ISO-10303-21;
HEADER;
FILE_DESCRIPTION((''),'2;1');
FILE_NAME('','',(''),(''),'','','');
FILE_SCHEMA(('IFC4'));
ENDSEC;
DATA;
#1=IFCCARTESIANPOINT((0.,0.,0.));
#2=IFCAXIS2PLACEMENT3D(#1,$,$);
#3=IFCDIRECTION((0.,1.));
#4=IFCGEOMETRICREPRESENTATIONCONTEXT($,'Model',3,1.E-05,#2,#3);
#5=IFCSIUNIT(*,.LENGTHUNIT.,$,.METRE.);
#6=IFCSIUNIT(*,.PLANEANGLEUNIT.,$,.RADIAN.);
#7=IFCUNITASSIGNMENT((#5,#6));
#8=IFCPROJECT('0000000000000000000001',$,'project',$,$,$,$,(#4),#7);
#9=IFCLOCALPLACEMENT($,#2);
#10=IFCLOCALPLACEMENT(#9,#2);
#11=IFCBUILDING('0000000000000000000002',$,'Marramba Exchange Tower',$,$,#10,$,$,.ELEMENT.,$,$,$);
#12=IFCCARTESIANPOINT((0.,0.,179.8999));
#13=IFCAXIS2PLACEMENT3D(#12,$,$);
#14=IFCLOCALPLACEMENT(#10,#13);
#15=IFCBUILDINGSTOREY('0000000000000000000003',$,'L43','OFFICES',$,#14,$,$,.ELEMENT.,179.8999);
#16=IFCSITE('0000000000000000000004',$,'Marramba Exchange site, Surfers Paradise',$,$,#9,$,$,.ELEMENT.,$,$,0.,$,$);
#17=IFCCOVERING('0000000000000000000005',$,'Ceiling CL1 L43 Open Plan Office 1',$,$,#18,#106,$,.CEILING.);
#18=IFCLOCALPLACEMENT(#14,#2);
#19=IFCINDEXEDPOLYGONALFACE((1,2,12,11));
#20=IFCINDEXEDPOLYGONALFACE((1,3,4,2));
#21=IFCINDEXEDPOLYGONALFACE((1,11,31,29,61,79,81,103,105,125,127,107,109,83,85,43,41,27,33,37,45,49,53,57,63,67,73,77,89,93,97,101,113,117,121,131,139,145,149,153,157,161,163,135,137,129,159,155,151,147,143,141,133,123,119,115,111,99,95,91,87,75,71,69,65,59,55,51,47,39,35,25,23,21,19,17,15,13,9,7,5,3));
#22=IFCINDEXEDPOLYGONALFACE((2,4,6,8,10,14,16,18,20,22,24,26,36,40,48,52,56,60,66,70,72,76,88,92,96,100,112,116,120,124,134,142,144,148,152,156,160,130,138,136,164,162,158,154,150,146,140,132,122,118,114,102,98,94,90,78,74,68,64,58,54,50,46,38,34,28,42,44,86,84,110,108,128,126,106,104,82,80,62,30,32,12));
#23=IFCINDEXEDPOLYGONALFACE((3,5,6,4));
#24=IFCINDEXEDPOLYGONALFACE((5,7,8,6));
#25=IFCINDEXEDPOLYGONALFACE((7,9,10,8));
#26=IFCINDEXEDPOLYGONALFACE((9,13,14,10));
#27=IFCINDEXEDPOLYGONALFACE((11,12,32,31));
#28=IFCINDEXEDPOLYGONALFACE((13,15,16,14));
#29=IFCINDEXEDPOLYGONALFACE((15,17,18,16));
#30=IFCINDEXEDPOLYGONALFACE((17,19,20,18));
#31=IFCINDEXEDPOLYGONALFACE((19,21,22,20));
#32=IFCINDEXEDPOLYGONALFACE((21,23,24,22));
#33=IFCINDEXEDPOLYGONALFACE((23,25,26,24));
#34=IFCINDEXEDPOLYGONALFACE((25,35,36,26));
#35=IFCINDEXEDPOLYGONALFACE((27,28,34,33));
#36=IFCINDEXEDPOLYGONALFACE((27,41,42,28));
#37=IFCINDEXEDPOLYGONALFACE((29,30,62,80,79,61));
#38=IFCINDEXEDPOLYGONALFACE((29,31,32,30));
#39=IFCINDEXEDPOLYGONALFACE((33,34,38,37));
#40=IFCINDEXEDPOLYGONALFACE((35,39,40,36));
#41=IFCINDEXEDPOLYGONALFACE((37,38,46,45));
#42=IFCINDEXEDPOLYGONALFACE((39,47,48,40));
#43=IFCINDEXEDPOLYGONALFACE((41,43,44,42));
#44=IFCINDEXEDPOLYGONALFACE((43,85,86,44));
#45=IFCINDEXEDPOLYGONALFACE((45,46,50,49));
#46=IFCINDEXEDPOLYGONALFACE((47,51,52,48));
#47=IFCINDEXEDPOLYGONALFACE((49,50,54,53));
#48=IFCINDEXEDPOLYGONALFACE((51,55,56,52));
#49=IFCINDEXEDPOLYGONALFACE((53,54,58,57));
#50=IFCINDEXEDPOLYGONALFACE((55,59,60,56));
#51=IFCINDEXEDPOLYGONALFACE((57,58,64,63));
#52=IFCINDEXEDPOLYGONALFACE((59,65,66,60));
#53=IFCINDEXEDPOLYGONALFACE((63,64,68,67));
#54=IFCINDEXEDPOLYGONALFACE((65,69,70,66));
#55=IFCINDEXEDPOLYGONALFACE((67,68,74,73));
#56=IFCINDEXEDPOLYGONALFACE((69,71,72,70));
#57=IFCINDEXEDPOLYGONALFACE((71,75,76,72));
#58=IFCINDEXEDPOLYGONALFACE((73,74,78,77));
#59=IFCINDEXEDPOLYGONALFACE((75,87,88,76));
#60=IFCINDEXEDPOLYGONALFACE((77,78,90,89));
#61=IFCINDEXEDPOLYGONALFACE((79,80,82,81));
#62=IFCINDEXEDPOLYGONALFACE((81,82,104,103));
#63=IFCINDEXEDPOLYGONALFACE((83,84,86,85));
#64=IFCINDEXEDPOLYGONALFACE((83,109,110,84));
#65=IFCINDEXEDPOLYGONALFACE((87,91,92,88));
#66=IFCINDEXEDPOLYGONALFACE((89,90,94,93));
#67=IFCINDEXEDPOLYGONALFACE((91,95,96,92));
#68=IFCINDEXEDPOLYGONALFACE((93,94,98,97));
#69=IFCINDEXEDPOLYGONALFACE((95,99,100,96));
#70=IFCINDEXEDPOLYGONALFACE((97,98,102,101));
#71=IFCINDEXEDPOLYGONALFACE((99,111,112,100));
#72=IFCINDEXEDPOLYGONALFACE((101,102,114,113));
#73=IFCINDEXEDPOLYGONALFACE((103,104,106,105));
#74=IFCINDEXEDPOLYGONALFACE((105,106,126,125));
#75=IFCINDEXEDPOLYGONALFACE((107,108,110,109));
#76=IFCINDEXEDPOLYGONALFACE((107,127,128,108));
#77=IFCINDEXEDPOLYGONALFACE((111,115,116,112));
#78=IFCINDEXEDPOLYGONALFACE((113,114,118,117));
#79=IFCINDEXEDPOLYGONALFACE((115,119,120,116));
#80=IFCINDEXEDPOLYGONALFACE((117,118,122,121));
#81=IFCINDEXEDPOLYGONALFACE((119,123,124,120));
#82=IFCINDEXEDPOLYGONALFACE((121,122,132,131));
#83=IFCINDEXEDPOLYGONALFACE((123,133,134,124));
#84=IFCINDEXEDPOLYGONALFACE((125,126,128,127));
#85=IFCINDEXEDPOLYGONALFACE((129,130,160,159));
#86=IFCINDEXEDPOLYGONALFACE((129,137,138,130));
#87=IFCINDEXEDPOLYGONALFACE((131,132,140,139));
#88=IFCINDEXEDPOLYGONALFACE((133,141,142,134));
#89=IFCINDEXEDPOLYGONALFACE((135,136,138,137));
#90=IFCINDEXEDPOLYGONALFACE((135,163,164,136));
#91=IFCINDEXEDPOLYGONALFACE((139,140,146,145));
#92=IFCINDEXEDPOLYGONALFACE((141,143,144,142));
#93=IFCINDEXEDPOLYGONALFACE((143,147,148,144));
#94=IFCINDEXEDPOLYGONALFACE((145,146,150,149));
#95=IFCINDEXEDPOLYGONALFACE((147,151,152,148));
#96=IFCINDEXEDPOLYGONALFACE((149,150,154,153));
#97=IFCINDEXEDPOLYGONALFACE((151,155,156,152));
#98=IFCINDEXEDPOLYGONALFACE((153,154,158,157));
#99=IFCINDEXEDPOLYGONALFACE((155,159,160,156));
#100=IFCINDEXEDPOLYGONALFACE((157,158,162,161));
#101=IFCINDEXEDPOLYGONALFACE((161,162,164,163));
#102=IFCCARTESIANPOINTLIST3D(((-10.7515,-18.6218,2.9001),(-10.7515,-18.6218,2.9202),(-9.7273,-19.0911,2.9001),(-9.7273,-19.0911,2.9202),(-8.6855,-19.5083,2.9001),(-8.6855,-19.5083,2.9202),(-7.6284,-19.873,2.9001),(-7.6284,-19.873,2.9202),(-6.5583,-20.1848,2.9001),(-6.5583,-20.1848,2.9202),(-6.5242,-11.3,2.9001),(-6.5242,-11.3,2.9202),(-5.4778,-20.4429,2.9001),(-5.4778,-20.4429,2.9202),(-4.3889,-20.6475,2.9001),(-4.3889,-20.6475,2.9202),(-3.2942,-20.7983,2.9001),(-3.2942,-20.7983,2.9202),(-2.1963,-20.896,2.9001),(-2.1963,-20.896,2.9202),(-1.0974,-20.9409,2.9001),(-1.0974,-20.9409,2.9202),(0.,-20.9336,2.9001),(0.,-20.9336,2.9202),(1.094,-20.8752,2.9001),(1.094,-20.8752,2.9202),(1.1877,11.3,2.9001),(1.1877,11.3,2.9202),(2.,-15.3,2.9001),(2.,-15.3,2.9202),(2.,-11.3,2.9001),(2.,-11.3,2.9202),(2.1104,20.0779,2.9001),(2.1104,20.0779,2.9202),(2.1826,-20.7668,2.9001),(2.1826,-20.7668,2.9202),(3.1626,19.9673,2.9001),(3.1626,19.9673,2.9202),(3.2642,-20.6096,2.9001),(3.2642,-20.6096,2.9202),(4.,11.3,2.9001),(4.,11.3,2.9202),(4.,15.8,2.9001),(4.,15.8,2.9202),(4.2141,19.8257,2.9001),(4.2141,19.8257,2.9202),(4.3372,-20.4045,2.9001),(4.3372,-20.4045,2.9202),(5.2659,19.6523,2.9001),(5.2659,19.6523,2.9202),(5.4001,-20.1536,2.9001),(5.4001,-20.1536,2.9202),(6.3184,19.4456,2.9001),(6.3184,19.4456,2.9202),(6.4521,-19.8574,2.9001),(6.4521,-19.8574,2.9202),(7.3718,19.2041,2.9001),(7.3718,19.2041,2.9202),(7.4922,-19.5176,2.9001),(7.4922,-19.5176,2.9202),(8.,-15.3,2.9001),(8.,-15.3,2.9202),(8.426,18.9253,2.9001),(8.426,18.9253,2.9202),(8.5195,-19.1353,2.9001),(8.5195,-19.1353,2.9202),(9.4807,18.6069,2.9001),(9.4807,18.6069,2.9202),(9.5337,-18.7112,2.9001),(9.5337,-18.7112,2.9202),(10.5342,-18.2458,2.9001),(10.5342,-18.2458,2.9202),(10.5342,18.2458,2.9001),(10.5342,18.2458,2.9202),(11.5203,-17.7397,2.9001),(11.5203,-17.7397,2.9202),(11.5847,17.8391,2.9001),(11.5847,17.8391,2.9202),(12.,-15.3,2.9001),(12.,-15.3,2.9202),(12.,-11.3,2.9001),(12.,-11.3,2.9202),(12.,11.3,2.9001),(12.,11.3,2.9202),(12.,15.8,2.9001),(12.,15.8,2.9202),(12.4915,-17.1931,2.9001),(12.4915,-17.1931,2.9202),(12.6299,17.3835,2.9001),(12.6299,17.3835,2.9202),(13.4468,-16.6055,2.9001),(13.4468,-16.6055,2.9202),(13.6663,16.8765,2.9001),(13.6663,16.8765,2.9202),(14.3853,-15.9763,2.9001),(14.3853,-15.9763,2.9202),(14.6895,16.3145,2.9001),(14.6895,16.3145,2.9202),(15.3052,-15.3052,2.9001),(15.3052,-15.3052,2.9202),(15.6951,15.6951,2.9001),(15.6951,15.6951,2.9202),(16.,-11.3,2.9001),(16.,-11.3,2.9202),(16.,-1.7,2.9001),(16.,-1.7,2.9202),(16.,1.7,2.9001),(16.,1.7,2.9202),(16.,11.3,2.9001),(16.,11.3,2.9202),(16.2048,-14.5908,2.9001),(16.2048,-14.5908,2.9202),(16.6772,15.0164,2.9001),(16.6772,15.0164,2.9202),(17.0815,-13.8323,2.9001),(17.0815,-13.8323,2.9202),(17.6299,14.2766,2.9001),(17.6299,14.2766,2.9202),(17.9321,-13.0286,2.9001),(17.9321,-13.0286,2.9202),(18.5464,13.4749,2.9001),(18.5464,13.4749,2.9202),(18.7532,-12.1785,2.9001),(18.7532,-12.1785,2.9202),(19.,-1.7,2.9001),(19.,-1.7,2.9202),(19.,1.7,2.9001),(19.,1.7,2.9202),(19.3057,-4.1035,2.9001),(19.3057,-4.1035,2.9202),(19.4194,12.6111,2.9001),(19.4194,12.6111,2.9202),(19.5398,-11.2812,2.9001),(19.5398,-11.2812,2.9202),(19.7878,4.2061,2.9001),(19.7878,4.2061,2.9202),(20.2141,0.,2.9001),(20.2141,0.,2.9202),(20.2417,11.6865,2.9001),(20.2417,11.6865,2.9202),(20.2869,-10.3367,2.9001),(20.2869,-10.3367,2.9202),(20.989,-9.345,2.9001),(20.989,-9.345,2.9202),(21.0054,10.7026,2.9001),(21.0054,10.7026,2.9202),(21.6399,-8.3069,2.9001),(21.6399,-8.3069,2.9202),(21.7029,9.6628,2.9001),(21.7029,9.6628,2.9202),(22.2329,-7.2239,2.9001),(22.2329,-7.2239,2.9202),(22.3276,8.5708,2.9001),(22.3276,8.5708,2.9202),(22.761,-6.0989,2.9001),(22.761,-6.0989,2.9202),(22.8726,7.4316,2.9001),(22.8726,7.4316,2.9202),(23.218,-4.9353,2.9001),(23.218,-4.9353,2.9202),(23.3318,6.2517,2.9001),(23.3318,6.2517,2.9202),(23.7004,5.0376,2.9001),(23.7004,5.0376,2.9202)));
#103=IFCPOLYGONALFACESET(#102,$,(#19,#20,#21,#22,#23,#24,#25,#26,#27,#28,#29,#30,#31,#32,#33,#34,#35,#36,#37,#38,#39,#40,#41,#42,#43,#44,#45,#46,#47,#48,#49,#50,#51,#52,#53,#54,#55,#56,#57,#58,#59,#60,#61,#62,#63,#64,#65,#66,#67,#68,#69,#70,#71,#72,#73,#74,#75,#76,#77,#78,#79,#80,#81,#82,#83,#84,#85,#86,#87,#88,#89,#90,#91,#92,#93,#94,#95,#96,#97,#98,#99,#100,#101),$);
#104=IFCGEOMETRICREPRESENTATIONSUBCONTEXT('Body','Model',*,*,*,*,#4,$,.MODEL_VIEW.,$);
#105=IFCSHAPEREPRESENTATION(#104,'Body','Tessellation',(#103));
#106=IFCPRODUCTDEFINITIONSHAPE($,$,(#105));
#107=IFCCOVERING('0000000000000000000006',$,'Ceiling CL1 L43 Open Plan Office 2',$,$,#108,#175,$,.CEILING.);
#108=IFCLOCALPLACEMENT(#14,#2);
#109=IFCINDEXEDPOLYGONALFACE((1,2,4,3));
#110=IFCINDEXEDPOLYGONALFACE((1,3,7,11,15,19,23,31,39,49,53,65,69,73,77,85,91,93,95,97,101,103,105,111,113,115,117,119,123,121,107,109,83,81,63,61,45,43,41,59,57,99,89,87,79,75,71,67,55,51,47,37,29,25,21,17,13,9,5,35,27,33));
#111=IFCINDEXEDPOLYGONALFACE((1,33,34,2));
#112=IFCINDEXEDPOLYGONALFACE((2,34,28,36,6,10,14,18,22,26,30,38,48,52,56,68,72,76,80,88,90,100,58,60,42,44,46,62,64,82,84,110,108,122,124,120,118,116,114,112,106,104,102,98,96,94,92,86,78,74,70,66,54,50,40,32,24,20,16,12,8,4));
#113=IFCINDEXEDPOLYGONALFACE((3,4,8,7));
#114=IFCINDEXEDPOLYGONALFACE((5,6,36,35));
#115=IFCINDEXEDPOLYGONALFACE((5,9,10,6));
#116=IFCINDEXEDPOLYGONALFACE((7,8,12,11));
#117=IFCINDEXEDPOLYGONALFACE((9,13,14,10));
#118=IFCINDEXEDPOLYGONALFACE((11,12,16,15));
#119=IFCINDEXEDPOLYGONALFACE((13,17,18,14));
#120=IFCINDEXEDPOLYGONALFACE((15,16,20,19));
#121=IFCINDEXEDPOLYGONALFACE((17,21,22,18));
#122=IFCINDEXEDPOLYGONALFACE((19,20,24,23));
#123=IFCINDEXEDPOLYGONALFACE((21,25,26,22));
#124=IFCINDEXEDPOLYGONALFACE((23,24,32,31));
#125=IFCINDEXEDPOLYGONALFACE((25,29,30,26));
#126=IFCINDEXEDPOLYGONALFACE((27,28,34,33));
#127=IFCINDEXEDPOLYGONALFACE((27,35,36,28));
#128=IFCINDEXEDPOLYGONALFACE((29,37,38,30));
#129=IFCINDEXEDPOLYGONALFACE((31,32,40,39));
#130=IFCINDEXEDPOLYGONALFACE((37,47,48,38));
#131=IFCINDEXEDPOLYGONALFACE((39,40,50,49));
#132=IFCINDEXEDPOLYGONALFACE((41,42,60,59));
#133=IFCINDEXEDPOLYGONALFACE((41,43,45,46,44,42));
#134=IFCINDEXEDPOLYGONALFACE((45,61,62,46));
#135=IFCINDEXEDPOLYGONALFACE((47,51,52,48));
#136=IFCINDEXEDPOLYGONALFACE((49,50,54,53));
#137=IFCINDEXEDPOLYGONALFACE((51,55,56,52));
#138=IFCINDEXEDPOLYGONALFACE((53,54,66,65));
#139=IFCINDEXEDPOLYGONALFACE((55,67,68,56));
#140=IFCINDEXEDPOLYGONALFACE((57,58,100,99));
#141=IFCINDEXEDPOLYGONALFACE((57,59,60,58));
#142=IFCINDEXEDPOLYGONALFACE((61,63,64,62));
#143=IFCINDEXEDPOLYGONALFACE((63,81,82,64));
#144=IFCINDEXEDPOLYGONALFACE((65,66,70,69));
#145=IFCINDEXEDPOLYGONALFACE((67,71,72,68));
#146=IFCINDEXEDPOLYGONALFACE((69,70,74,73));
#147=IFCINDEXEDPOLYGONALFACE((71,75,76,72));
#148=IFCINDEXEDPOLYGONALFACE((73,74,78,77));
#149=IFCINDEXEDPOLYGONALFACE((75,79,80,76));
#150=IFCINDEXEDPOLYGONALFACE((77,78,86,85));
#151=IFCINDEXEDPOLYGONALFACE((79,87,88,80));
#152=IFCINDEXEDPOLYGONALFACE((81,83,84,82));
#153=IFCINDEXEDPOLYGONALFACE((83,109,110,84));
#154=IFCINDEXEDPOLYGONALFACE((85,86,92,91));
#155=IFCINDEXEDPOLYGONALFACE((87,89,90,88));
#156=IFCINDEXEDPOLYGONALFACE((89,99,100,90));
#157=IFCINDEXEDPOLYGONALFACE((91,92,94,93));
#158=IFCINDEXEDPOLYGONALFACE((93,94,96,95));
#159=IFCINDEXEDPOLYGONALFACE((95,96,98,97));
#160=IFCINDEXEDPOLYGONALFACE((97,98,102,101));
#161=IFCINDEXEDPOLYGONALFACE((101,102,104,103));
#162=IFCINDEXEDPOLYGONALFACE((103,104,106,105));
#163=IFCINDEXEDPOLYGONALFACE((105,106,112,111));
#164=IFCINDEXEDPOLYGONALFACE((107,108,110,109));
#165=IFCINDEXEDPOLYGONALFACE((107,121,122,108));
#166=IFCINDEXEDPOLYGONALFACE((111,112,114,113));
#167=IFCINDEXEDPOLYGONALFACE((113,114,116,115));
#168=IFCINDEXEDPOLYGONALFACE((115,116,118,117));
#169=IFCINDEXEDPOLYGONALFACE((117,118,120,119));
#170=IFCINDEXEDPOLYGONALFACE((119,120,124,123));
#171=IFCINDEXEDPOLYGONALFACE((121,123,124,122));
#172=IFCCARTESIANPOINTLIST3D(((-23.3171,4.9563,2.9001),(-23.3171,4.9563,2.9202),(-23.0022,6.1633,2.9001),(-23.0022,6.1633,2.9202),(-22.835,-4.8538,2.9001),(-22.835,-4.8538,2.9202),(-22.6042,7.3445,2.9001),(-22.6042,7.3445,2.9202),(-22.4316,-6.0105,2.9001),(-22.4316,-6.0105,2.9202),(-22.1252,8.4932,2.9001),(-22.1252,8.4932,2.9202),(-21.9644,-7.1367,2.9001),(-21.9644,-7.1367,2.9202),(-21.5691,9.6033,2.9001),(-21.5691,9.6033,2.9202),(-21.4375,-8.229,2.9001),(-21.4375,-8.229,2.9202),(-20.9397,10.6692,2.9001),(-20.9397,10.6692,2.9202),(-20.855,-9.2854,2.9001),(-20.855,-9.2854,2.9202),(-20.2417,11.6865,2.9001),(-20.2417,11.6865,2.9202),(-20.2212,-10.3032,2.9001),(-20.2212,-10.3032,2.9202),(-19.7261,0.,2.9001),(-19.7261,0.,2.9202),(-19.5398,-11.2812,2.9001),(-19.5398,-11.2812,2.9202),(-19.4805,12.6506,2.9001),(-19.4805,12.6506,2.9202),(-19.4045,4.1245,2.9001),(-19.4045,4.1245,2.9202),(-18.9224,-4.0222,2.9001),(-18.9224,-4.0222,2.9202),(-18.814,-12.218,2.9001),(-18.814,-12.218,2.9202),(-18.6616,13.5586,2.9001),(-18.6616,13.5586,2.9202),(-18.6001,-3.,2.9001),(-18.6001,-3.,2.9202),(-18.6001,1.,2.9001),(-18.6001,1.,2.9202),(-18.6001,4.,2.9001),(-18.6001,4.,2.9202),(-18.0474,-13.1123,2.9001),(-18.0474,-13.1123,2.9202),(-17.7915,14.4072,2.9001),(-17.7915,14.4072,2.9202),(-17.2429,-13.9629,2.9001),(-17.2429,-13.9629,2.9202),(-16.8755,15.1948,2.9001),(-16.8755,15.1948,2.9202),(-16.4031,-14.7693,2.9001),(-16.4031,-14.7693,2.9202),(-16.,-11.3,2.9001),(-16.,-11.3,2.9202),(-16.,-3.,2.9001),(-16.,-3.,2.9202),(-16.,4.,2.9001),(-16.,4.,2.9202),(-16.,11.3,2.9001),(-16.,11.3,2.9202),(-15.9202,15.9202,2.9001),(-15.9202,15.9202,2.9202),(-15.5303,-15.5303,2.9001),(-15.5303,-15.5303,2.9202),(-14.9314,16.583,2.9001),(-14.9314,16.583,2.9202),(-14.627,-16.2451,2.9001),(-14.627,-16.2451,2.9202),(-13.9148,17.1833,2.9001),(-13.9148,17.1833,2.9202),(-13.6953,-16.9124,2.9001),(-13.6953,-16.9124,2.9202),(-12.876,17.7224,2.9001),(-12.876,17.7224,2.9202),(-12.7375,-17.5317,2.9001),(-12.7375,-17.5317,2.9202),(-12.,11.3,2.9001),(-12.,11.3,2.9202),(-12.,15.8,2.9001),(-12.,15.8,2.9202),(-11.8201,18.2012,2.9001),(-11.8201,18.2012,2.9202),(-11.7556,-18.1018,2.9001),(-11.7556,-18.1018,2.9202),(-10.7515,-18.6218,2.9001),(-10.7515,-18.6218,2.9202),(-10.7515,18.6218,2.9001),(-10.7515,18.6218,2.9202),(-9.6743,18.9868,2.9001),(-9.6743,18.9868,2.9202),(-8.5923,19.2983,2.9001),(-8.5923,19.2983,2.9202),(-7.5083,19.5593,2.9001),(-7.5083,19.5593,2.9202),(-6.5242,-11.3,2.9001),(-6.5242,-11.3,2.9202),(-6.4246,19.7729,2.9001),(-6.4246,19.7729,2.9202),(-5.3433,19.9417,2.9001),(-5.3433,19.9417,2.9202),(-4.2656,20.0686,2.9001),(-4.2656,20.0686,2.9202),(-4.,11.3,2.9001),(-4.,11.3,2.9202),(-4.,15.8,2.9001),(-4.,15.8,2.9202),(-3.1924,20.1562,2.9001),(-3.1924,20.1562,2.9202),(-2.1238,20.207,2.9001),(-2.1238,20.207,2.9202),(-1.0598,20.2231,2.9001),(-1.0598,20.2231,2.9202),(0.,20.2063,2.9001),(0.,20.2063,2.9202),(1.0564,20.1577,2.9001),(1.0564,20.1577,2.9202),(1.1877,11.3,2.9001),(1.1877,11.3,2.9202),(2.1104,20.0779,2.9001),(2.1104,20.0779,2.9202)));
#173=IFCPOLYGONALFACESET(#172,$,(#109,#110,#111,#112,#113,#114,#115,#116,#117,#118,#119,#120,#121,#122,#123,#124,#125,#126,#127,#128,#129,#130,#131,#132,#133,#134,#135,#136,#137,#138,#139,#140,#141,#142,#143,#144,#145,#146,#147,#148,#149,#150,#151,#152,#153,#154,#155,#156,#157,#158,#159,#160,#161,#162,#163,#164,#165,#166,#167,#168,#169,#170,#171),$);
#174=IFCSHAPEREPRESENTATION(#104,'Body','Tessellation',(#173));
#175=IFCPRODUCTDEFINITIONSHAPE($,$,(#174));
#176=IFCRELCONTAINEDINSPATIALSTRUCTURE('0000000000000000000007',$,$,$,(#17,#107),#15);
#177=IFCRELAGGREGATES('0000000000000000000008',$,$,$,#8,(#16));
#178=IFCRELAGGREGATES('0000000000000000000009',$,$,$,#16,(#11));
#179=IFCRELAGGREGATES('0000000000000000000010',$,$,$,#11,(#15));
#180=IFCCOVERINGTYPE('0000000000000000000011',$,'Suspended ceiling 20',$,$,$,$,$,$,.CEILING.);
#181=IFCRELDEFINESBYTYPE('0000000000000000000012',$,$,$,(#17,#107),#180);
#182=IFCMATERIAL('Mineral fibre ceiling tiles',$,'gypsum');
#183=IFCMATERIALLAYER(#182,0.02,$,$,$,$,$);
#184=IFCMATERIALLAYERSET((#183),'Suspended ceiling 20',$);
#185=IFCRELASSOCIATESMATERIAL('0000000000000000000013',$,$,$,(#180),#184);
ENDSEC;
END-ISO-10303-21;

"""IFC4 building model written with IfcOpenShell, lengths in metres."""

from ifc_helpers import new_model, si_unit, direction, frame, origin, place, context, subcontext, project, spatial, polyline, outline, extrude, material, layer, layer_set, type_object, element, save


model = new_model("IFC4")

# Units and contexts
model_context = context("Model", 3, precision=1e-05, world=origin(), true_north=direction((0.0, 1.0)))
body_context = subcontext(model_context, "Body", "Model", "MODEL_VIEW")
ifc_project = project(units=[si_unit("LENGTHUNIT", "METRE"), si_unit("PLANEANGLEUNIT", "RADIAN")], contexts=[model_context])

# Site, building, storey
site_placement = place(None, origin())
site = spatial("IfcSite", under=ifc_project, at=site_placement, Name="Marramba Exchange site, Surfers Paradise", CompositionType="ELEMENT", RefElevation=0.0)
building_placement = place(site_placement, origin())
building = spatial("IfcBuilding", under=site, at=building_placement, Name="Marramba Exchange Tower", CompositionType="ELEMENT")
storey_placement = place(building_placement, frame((0.0, 0.0, 179.8999)))
storey = spatial("IfcBuildingStorey", under=building, at=storey_placement, Name="L43", Description="OFFICES", CompositionType="ELEMENT", Elevation=179.8999)

# Coverings
ifc_material_1 = material(Name="Mineral fibre ceiling tiles", Category="gypsum")
ifc_layer_1 = layer(ifc_material_1, 0.02)
ifc_layer_set_1 = layer_set([ifc_layer_1], Name="Suspended ceiling 20")
covering_type = type_object("IfcCoveringType", Name="Suspended ceiling 20", PredefinedType="CEILING", material=ifc_layer_set_1)
covering_1_placement = place(storey_placement, frame((0.0, 0.0, 2.9001)))
element("IfcCovering", 1, at=covering_1_placement, inside=storey, type_object=covering_type, Name="Ceiling CL1 L43 Open Plan Office 1", PredefinedType="CEILING", context=body_context, shape_type="SweptSolid", body=[
    extrude(outline(polyline([(16.0, -1.7), (19.0, -1.7), (19.0, 1.7), (16.0, 1.7), (16.0, 11.3), (12.0, 11.3), (12.0, 15.8), (4.0, 15.8), (4.0, 11.3), (1.1877, 11.3), (2.1104, 20.0779), (3.1626, 19.9673), (4.2141, 19.8257), (5.2659, 19.6523), (6.3184, 19.4456), (7.3718, 19.2041), (8.426, 18.9253), (9.4807, 18.6069), (10.5342, 18.2458), (11.5847, 17.8391), (12.6299, 17.3835), (13.6663, 16.8765), (14.6895, 16.3145), (15.6951, 15.6951), (16.6772, 15.0164), (17.6299, 14.2766), (18.5464, 13.4749), (19.4194, 12.6111), (20.2417, 11.6865), (21.0054, 10.7026), (21.7029, 9.6628), (22.3276, 8.5708), (22.8726, 7.4316), (23.3318, 6.2517), (23.7004, 5.0376), (19.7878, 4.2061), (20.2141, 0.0), (19.3057, -4.1035), (23.218, -4.9353), (22.761, -6.0989), (22.2329, -7.2239), (21.6399, -8.3069), (20.989, -9.345), (20.2869, -10.3367), (19.5398, -11.2812), (18.7532, -12.1785), (17.9321, -13.0286), (17.0815, -13.8323), (16.2048, -14.5908), (15.3052, -15.3052), (14.3853, -15.9763), (13.4468, -16.6055), (12.4915, -17.1931), (11.5203, -17.7397), (10.5342, -18.2458), (9.5337, -18.7112), (8.5195, -19.1353), (7.4922, -19.5176), (6.4521, -19.8574), (5.4001, -20.1536), (4.3372, -20.4045), (3.2642, -20.6096), (2.1826, -20.7668), (1.094, -20.8752), (0.0, -20.9336), (-1.0974, -20.9409), (-2.1963, -20.896), (-3.2942, -20.7983), (-4.3889, -20.6475), (-5.4778, -20.4429), (-6.5583, -20.1848), (-7.6284, -19.873), (-8.6855, -19.5083), (-9.7273, -19.0911), (-10.7515, -18.6218), (-6.5242, -11.3), (2.0, -11.3), (2.0, -15.3), (8.0, -15.3), (12.0, -15.3), (12.0, -11.3), (16.0, -11.3), (16.0, -1.7)])), origin(), (0.0, 0.0, 1.0), 0.02),
])
covering_2_placement = place(storey_placement, frame((0.0, 0.0, 2.9001)))
element("IfcCovering", 2, at=covering_2_placement, inside=storey, type_object=covering_type, Name="Ceiling CL1 L43 Open Plan Office 2", PredefinedType="CEILING", context=body_context, shape_type="SweptSolid", body=[
    extrude(outline(polyline([(-16.0, 4.0), (-18.6001, 4.0), (-18.6001, 1.0), (-18.6001, -3.0), (-16.0, -3.0), (-16.0, -11.3), (-6.5242, -11.3), (-10.7515, -18.6218), (-11.7556, -18.1018), (-12.7375, -17.5317), (-13.6953, -16.9124), (-14.627, -16.2451), (-15.5303, -15.5303), (-16.4031, -14.7693), (-17.2429, -13.9629), (-18.0474, -13.1123), (-18.814, -12.218), (-19.5398, -11.2812), (-20.2212, -10.3032), (-20.855, -9.2854), (-21.4375, -8.229), (-21.9644, -7.1367), (-22.4316, -6.0105), (-22.835, -4.8538), (-18.9224, -4.0222), (-19.7261, 0.0), (-19.4045, 4.1245), (-23.3171, 4.9563), (-23.0022, 6.1633), (-22.6042, 7.3445), (-22.1252, 8.4932), (-21.5691, 9.6033), (-20.9397, 10.6692), (-20.2417, 11.6865), (-19.4805, 12.6506), (-18.6616, 13.5586), (-17.7915, 14.4072), (-16.8755, 15.1948), (-15.9202, 15.9202), (-14.9314, 16.583), (-13.9148, 17.1833), (-12.876, 17.7224), (-11.8201, 18.2012), (-10.7515, 18.6218), (-9.6743, 18.9868), (-8.5923, 19.2983), (-7.5083, 19.5593), (-6.4246, 19.7729), (-5.3433, 19.9417), (-4.2656, 20.0686), (-3.1924, 20.1562), (-2.1238, 20.207), (-1.0598, 20.2231), (0.0, 20.2063), (1.0564, 20.1577), (2.1104, 20.0779), (1.1877, 11.3), (-4.0, 11.3), (-4.0, 15.8), (-12.0, 15.8), (-12.0, 11.3), (-16.0, 11.3), (-16.0, 4.0)])), origin(), (0.0, 0.0, 1.0), 0.02),
])

save(model, "model.ifc")
